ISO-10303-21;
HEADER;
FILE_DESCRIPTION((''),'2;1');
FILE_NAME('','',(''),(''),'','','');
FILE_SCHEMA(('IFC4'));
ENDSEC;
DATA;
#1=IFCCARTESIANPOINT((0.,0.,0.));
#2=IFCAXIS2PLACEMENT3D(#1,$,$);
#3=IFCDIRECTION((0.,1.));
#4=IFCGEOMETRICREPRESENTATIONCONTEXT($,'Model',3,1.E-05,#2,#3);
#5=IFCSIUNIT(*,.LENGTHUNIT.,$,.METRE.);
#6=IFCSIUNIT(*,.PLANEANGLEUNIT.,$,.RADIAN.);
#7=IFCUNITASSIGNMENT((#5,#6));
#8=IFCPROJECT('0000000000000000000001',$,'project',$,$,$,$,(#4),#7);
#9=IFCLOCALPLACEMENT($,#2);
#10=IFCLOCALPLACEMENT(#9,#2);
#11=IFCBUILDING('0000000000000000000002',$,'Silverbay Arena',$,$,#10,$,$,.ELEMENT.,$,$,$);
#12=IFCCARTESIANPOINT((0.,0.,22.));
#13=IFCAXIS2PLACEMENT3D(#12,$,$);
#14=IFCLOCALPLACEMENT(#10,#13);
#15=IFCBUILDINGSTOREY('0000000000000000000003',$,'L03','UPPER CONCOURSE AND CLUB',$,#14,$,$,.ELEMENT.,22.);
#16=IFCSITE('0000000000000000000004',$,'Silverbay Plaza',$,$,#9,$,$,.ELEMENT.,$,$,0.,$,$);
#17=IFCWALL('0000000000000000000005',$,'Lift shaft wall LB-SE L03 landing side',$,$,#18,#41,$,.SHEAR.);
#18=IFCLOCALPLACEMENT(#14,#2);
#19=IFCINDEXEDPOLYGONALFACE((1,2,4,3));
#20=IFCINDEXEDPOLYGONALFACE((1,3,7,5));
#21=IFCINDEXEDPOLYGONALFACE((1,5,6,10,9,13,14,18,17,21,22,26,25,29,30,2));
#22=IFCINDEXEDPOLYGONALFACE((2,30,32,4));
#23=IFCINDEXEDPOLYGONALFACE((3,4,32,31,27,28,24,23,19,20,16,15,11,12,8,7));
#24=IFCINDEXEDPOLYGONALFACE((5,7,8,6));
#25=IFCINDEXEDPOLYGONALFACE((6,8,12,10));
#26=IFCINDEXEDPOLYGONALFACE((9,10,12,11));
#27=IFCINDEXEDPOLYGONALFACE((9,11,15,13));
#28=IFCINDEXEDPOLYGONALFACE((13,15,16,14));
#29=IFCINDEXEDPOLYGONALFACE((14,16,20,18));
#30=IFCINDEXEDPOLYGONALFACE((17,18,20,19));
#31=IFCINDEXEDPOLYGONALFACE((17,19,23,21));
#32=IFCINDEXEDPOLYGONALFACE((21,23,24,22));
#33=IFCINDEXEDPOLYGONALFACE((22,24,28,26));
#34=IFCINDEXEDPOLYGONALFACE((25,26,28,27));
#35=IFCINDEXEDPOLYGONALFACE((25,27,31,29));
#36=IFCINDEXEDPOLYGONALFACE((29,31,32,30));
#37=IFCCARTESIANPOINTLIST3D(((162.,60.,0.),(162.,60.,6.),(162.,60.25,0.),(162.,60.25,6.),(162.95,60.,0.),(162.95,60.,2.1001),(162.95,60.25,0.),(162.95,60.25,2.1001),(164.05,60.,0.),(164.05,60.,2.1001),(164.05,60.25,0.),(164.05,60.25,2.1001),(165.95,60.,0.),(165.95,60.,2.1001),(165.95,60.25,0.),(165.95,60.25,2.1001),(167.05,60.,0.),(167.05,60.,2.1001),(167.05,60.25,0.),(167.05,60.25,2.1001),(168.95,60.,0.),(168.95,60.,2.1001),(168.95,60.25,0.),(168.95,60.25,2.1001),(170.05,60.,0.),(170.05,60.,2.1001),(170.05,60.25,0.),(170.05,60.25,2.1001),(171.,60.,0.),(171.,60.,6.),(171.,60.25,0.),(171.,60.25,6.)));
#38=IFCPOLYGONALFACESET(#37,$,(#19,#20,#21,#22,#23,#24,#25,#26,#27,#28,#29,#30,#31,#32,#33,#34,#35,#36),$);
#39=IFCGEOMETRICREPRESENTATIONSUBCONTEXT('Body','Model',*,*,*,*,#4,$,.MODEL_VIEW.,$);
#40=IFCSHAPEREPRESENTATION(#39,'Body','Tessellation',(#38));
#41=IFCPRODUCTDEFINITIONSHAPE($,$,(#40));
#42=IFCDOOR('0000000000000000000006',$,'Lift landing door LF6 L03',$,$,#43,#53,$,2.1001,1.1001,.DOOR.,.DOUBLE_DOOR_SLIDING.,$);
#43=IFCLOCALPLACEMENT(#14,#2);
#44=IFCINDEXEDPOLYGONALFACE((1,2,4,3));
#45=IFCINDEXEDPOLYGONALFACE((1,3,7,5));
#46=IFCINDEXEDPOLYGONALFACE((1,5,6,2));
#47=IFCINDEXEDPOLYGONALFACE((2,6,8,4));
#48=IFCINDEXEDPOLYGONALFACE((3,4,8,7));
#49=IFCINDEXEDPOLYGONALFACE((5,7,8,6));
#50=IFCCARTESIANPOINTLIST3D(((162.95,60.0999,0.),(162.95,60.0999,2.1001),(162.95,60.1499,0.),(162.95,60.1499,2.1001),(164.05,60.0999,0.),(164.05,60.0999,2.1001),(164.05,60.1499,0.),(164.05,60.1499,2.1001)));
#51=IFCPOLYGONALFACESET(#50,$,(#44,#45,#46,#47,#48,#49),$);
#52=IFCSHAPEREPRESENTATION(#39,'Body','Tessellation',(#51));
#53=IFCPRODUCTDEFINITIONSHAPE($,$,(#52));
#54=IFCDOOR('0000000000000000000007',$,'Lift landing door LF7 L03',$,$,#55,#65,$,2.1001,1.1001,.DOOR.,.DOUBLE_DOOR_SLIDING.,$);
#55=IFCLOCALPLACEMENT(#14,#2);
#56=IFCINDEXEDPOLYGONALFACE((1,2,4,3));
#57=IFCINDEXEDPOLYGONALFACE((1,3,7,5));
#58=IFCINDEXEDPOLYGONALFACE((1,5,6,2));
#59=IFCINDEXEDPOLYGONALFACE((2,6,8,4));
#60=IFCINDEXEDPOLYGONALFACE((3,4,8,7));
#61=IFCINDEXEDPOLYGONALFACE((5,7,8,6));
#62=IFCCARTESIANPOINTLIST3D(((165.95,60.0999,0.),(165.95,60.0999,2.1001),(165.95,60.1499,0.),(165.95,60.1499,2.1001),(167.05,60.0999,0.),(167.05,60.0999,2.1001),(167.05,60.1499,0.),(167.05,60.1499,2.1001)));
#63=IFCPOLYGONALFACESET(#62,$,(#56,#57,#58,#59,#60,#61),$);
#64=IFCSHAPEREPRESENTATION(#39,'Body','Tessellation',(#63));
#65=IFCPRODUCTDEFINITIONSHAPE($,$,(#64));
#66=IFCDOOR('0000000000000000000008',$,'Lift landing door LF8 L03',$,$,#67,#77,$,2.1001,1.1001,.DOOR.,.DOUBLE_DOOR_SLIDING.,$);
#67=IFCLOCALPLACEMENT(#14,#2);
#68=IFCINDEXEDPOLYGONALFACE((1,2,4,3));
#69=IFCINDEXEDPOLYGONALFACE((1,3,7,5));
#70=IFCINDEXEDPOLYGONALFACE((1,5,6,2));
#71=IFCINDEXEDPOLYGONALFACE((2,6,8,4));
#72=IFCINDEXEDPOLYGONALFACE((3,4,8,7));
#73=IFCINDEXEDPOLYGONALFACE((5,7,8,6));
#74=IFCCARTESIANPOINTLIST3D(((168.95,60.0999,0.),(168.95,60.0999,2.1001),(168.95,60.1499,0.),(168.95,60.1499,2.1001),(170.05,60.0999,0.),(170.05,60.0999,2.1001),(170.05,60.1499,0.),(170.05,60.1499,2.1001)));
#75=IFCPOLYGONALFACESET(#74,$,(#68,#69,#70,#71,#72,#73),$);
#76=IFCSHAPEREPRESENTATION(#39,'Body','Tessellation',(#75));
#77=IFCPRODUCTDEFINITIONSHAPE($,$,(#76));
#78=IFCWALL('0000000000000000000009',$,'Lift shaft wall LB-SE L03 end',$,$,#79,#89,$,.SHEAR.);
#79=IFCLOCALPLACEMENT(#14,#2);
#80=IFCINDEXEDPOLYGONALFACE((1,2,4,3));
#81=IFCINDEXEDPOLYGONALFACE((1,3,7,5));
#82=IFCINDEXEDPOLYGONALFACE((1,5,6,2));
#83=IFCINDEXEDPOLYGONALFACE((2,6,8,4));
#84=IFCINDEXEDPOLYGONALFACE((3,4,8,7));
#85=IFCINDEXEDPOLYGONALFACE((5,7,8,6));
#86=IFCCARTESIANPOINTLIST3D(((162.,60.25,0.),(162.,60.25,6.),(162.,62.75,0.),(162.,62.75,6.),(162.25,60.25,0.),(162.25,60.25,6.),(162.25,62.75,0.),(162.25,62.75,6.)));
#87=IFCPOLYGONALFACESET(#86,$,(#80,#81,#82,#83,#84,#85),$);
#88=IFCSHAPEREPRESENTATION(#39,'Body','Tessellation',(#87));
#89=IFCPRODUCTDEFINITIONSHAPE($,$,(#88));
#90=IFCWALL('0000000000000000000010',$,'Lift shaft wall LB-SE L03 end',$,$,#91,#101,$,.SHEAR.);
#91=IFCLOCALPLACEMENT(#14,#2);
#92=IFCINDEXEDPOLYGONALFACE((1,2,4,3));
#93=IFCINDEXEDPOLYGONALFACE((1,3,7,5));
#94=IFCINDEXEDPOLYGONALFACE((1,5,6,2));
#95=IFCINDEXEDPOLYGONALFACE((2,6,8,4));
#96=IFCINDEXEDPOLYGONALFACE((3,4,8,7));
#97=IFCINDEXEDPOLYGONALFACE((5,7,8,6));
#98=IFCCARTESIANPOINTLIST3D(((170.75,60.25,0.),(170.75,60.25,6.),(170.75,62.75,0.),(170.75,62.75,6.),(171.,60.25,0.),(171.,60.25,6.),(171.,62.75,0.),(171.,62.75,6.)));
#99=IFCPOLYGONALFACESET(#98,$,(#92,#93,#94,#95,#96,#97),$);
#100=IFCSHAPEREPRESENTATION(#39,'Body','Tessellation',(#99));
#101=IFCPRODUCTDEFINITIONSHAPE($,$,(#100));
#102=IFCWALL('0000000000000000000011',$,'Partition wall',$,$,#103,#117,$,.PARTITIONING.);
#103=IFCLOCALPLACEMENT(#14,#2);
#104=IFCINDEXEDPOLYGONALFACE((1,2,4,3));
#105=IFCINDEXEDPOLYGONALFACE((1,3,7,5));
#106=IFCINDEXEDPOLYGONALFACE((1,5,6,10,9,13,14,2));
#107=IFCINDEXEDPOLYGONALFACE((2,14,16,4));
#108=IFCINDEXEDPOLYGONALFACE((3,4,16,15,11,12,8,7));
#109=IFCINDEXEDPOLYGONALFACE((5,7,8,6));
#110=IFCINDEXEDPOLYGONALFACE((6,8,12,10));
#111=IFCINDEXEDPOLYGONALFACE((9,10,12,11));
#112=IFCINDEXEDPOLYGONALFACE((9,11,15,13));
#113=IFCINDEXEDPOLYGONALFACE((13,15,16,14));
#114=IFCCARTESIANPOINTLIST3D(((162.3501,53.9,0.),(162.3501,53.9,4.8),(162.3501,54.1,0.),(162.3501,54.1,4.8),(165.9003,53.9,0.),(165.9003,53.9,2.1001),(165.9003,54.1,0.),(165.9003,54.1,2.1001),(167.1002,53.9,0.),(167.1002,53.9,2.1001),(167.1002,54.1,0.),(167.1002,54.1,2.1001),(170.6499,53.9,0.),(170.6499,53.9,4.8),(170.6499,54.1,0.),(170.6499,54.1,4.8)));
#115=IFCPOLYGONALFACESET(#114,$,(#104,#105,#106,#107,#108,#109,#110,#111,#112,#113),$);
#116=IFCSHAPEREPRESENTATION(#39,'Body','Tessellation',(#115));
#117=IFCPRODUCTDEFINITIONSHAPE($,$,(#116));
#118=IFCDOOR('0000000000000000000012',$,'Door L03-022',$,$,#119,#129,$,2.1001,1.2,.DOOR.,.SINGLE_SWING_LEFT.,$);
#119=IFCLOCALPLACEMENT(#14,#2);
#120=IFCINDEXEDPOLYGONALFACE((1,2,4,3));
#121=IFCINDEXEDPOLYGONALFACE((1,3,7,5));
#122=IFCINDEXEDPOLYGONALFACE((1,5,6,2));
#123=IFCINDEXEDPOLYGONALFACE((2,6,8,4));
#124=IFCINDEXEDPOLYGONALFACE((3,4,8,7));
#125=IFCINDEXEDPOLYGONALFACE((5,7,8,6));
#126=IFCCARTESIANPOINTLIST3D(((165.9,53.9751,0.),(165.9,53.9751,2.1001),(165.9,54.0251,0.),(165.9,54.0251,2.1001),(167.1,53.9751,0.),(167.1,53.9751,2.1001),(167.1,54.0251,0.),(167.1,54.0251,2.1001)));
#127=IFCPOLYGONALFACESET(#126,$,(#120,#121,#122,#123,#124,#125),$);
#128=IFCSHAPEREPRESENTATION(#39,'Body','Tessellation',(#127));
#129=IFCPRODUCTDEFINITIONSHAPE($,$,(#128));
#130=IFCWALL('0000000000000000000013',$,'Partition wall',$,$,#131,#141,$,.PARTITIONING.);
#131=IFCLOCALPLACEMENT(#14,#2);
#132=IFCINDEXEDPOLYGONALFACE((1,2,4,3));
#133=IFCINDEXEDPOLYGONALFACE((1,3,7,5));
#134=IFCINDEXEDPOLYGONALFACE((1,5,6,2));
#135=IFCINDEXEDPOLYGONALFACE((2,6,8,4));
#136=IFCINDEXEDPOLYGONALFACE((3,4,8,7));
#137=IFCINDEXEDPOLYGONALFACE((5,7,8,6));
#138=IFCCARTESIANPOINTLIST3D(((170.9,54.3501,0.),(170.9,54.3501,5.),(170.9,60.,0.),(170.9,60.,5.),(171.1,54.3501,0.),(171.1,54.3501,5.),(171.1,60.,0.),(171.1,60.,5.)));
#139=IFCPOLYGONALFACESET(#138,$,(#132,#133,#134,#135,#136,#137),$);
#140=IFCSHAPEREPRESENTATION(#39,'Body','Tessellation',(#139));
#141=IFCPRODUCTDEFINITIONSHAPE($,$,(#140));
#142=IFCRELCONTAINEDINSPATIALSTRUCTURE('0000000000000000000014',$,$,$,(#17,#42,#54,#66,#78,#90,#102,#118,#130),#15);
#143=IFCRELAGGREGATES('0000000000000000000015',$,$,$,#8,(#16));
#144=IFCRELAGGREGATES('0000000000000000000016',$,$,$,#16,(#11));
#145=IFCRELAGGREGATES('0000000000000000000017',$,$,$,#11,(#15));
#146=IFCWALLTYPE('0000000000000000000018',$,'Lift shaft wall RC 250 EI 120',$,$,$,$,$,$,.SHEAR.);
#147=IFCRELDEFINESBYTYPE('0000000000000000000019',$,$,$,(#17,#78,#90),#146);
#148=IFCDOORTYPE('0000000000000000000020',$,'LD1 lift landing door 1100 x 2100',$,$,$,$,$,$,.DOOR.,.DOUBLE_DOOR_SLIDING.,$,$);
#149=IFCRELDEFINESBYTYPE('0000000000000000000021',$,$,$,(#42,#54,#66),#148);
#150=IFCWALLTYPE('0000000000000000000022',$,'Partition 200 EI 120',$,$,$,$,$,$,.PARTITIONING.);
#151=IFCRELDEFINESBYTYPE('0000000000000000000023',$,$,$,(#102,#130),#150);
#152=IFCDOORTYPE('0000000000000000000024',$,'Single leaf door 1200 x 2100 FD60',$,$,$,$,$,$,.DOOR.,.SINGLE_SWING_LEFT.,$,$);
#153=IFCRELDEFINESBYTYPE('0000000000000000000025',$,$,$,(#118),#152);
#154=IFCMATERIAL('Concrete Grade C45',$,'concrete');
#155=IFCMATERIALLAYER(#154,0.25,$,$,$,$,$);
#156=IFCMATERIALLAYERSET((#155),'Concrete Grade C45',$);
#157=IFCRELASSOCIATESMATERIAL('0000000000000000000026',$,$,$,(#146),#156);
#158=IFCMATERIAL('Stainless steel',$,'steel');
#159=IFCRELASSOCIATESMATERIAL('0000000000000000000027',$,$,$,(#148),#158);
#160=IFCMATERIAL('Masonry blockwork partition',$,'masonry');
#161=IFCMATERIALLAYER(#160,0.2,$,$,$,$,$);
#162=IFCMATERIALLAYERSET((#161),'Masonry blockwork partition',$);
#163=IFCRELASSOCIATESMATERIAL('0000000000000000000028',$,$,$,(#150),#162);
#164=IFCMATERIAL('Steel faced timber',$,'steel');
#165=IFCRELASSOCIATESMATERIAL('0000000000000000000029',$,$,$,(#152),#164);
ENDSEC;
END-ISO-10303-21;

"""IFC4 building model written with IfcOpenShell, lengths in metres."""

from ifc_helpers import new_model, si_unit, direction, frame, frame_2d, origin, place, context, subcontext, project, spatial, rectangle, extrude, material, layer, layer_set, type_object, element, fill, save


model = new_model("IFC4")

# Units and contexts
model_context = context("Model", 3, precision=1e-05, world=origin(), true_north=direction((0.0, 1.0)))
body_context = subcontext(model_context, "Body", "Model", "MODEL_VIEW")
ifc_project = project(units=[si_unit("LENGTHUNIT", "METRE"), si_unit("PLANEANGLEUNIT", "RADIAN")], contexts=[model_context])

# Site, building, storey
site_placement = place(None, origin())
site = spatial("IfcSite", under=ifc_project, at=site_placement, Name="Silverbay Plaza", CompositionType="ELEMENT", RefElevation=0.0)
building_placement = place(site_placement, origin())
building = spatial("IfcBuilding", under=site, at=building_placement, Name="Silverbay Arena", CompositionType="ELEMENT")
storey_placement = place(building_placement, frame((0.0, 0.0, 22.0)))
storey = spatial("IfcBuildingStorey", under=building, at=storey_placement, Name="L03", Description="UPPER CONCOURSE AND CLUB", CompositionType="ELEMENT", Elevation=22.0)

# Wall, openings, doors
ifc_material_1 = material(Name="Concrete Grade C45", Category="concrete")
ifc_layer_1 = layer(ifc_material_1, 0.25)
ifc_layer_set_1 = layer_set([ifc_layer_1], Name="Concrete Grade C45")
wall_type_1 = type_object("IfcWallType", Name="Lift shaft wall RC 250 EI 120", PredefinedType="SHEAR", material=ifc_layer_set_1)
wall_1_placement = place(storey_placement, frame((162.0, 60.125, 0.0), z_axis=(0.0, 0.0, 1.0), x_axis=(1.0, 0.0, 0.0)))
wall_1 = element("IfcWall", 1, at=wall_1_placement, inside=storey, type_object=wall_type_1, Name="Lift shaft wall LB-SE L03 landing side", PredefinedType="SHEAR", context=body_context, shape_type="SweptSolid", body=[
    extrude(rectangle(XDim=9.0, YDim=0.25, at=frame_2d((4.5, 0.0))), origin(), (0.0, 0.0, 1.0), 6.0),
])
opening_1_placement = place(wall_1_placement, frame((0.95, 0.0, 0.0)))
opening_1 = element("IfcOpeningElement", 2, at=opening_1_placement, cuts=wall_1, PredefinedType="OPENING", context=body_context, shape_type="SweptSolid", body=[
    extrude(rectangle(XDim=1.1001, YDim=2.1001, at=frame_2d((0.55, 1.05))), frame((0.0, 0.135, 0.0), z_axis=(0.0, -1.0, 0.0), x_axis=(1.0, 0.0, 0.0)), (0.0, 0.0, 1.0), 0.27),
])
opening_2_placement = place(wall_1_placement, frame((3.95, 0.0, 0.0)))
opening_2 = element("IfcOpeningElement", 3, at=opening_2_placement, cuts=wall_1, PredefinedType="OPENING", context=body_context, shape_type="SweptSolid", body=[
    extrude(rectangle(XDim=1.1001, YDim=2.1001, at=frame_2d((0.55, 1.05))), frame((0.0, 0.135, 0.0), z_axis=(0.0, -1.0, 0.0), x_axis=(1.0, 0.0, 0.0)), (0.0, 0.0, 1.0), 0.27),
])
opening_3_placement = place(wall_1_placement, frame((6.95, 0.0, 0.0)))
opening_3 = element("IfcOpeningElement", 4, at=opening_3_placement, cuts=wall_1, PredefinedType="OPENING", context=body_context, shape_type="SweptSolid", body=[
    extrude(rectangle(XDim=1.1001, YDim=2.1001, at=frame_2d((0.55, 1.05))), frame((0.0, 0.135, 0.0), z_axis=(0.0, -1.0, 0.0), x_axis=(1.0, 0.0, 0.0)), (0.0, 0.0, 1.0), 0.27),
])
ifc_material_2 = material(Name="Stainless steel", Category="steel")
door_type_1 = type_object("IfcDoorType", Name="LD1 lift landing door 1100 x 2100", OperationType="DOUBLE_DOOR_SLIDING", PredefinedType="DOOR", material=ifc_material_2)
door_1_placement = place(opening_1_placement, origin())
door_1 = element("IfcDoor", 5, at=door_1_placement, inside=storey, type_object=door_type_1, Name="Lift landing door LF6 L03", OperationType="DOUBLE_DOOR_SLIDING", OverallHeight=2.1001, OverallWidth=1.1001, PredefinedType="DOOR", context=body_context, shape_type="SweptSolid", body=[
    extrude(rectangle(XDim=1.1001, YDim=2.1001, at=frame_2d((0.55, 1.05))), frame((0.0, 0.0249, 0.0), z_axis=(0.0, -1.0, 0.0), x_axis=(1.0, 0.0, 0.0)), (0.0, 0.0, 1.0), 0.05),
])
fill(opening_1, door_1)
door_2_placement = place(opening_2_placement, origin())
door_2 = element("IfcDoor", 6, at=door_2_placement, inside=storey, type_object=door_type_1, Name="Lift landing door LF7 L03", OperationType="DOUBLE_DOOR_SLIDING", OverallHeight=2.1001, OverallWidth=1.1001, PredefinedType="DOOR", context=body_context, shape_type="SweptSolid", body=[
    extrude(rectangle(XDim=1.1001, YDim=2.1001, at=frame_2d((0.55, 1.05))), frame((0.0, 0.0249, 0.0), z_axis=(0.0, -1.0, 0.0), x_axis=(1.0, 0.0, 0.0)), (0.0, 0.0, 1.0), 0.05),
])
fill(opening_2, door_2)
door_3_placement = place(opening_3_placement, origin())
door_3 = element("IfcDoor", 7, at=door_3_placement, inside=storey, type_object=door_type_1, Name="Lift landing door LF8 L03", OperationType="DOUBLE_DOOR_SLIDING", OverallHeight=2.1001, OverallWidth=1.1001, PredefinedType="DOOR", context=body_context, shape_type="SweptSolid", body=[
    extrude(rectangle(XDim=1.1001, YDim=2.1001, at=frame_2d((0.55, 1.05))), frame((0.0, 0.0249, 0.0), z_axis=(0.0, -1.0, 0.0), x_axis=(1.0, 0.0, 0.0)), (0.0, 0.0, 1.0), 0.05),
])
fill(opening_3, door_3)

# Walls
for number, where, z_axis, x_axis, name in (
    (8, (162.125, 60.25, 0.0), (0.0, 0.0, 1.0), (0.0, 1.0, 0.0), "Lift shaft wall LB-SE L03 end"),
    (9, (170.875, 60.25, 0.0), (0.0, 0.0, 1.0), (0.0, 1.0, 0.0), "Lift shaft wall LB-SE L03 end"),
):
    element("IfcWall", number, at=place(storey_placement, frame(where, z_axis=z_axis, x_axis=x_axis)), inside=storey, type_object=wall_type_1, Name=name, PredefinedType="SHEAR", context=body_context, shape_type="SweptSolid", body=[
        extrude(rectangle(XDim=2.5, YDim=0.25, at=frame_2d((1.25, 0.0))), origin(), (0.0, 0.0, 1.0), 6.0),
    ])

# Wall, opening, door
ifc_material_3 = material(Name="Masonry blockwork partition", Category="masonry")
ifc_layer_2 = layer(ifc_material_3, 0.2)
ifc_layer_set_2 = layer_set([ifc_layer_2], Name="Masonry blockwork partition")
wall_type_2 = type_object("IfcWallType", Name="Partition 200 EI 120", PredefinedType="PARTITIONING", material=ifc_layer_set_2)
wall_2_placement = place(storey_placement, frame((162.3501, 54.0, 0.0), z_axis=(0.0, 0.0, 1.0), x_axis=(1.0, 0.0, 0.0)))
wall_2 = element("IfcWall", 10, at=wall_2_placement, inside=storey, type_object=wall_type_2, Name="Partition wall", PredefinedType="PARTITIONING", context=body_context, shape_type="SweptSolid", body=[
    extrude(rectangle(XDim=8.2998, YDim=0.2, at=frame_2d((4.1499, 0.0))), origin(), (0.0, 0.0, 1.0), 4.8),
])
opening_4_placement = place(wall_2_placement, frame((3.55, 0.0, 0.0)))
opening_4 = element("IfcOpeningElement", 11, at=opening_4_placement, cuts=wall_2, PredefinedType="OPENING", context=body_context, shape_type="SweptSolid", body=[
    extrude(rectangle(XDim=1.2, YDim=2.1001, at=frame_2d((0.6001, 1.05))), frame((0.0, 0.1099, 0.0), z_axis=(0.0, -1.0, 0.0), x_axis=(1.0, 0.0, 0.0)), (0.0, 0.0, 1.0), 0.22),
])
ifc_material_4 = material(Name="Steel faced timber", Category="steel")
door_type_2 = type_object("IfcDoorType", Name="Single leaf door 1200 x 2100 FD60", OperationType="SINGLE_SWING_LEFT", PredefinedType="DOOR", material=ifc_material_4)
door_4_placement = place(opening_4_placement, frame((1.2, 0.0, 0.0), z_axis=(0.0, 0.0, 1.0), x_axis=(-1.0, 0.0, 0.0)))
door_4 = element("IfcDoor", 12, at=door_4_placement, inside=storey, type_object=door_type_2, Name="Door L03-022", OperationType="SINGLE_SWING_LEFT", OverallHeight=2.1001, OverallWidth=1.2, PredefinedType="DOOR", context=body_context, shape_type="SweptSolid", body=[
    extrude(rectangle(XDim=1.2, YDim=2.1001, at=frame_2d((0.6001, 1.05))), frame((0.0, 0.0249, 0.0), z_axis=(0.0, -1.0, 0.0), x_axis=(1.0, 0.0, 0.0)), (0.0, 0.0, 1.0), 0.05),
])
fill(opening_4, door_4)

# Wall
wall_3_placement = place(storey_placement, frame((171.0, 54.3501, 0.0), z_axis=(0.0, 0.0, 1.0), x_axis=(0.0, 1.0, 0.0)))
element("IfcWall", 13, at=wall_3_placement, inside=storey, type_object=wall_type_2, Name="Partition wall", PredefinedType="PARTITIONING", context=body_context, shape_type="SweptSolid", body=[
    extrude(rectangle(XDim=5.6499, YDim=0.2, at=frame_2d((2.825, 0.0))), origin(), (0.0, 0.0, 1.0), 5.0),
])

save(model, "model.ifc")
